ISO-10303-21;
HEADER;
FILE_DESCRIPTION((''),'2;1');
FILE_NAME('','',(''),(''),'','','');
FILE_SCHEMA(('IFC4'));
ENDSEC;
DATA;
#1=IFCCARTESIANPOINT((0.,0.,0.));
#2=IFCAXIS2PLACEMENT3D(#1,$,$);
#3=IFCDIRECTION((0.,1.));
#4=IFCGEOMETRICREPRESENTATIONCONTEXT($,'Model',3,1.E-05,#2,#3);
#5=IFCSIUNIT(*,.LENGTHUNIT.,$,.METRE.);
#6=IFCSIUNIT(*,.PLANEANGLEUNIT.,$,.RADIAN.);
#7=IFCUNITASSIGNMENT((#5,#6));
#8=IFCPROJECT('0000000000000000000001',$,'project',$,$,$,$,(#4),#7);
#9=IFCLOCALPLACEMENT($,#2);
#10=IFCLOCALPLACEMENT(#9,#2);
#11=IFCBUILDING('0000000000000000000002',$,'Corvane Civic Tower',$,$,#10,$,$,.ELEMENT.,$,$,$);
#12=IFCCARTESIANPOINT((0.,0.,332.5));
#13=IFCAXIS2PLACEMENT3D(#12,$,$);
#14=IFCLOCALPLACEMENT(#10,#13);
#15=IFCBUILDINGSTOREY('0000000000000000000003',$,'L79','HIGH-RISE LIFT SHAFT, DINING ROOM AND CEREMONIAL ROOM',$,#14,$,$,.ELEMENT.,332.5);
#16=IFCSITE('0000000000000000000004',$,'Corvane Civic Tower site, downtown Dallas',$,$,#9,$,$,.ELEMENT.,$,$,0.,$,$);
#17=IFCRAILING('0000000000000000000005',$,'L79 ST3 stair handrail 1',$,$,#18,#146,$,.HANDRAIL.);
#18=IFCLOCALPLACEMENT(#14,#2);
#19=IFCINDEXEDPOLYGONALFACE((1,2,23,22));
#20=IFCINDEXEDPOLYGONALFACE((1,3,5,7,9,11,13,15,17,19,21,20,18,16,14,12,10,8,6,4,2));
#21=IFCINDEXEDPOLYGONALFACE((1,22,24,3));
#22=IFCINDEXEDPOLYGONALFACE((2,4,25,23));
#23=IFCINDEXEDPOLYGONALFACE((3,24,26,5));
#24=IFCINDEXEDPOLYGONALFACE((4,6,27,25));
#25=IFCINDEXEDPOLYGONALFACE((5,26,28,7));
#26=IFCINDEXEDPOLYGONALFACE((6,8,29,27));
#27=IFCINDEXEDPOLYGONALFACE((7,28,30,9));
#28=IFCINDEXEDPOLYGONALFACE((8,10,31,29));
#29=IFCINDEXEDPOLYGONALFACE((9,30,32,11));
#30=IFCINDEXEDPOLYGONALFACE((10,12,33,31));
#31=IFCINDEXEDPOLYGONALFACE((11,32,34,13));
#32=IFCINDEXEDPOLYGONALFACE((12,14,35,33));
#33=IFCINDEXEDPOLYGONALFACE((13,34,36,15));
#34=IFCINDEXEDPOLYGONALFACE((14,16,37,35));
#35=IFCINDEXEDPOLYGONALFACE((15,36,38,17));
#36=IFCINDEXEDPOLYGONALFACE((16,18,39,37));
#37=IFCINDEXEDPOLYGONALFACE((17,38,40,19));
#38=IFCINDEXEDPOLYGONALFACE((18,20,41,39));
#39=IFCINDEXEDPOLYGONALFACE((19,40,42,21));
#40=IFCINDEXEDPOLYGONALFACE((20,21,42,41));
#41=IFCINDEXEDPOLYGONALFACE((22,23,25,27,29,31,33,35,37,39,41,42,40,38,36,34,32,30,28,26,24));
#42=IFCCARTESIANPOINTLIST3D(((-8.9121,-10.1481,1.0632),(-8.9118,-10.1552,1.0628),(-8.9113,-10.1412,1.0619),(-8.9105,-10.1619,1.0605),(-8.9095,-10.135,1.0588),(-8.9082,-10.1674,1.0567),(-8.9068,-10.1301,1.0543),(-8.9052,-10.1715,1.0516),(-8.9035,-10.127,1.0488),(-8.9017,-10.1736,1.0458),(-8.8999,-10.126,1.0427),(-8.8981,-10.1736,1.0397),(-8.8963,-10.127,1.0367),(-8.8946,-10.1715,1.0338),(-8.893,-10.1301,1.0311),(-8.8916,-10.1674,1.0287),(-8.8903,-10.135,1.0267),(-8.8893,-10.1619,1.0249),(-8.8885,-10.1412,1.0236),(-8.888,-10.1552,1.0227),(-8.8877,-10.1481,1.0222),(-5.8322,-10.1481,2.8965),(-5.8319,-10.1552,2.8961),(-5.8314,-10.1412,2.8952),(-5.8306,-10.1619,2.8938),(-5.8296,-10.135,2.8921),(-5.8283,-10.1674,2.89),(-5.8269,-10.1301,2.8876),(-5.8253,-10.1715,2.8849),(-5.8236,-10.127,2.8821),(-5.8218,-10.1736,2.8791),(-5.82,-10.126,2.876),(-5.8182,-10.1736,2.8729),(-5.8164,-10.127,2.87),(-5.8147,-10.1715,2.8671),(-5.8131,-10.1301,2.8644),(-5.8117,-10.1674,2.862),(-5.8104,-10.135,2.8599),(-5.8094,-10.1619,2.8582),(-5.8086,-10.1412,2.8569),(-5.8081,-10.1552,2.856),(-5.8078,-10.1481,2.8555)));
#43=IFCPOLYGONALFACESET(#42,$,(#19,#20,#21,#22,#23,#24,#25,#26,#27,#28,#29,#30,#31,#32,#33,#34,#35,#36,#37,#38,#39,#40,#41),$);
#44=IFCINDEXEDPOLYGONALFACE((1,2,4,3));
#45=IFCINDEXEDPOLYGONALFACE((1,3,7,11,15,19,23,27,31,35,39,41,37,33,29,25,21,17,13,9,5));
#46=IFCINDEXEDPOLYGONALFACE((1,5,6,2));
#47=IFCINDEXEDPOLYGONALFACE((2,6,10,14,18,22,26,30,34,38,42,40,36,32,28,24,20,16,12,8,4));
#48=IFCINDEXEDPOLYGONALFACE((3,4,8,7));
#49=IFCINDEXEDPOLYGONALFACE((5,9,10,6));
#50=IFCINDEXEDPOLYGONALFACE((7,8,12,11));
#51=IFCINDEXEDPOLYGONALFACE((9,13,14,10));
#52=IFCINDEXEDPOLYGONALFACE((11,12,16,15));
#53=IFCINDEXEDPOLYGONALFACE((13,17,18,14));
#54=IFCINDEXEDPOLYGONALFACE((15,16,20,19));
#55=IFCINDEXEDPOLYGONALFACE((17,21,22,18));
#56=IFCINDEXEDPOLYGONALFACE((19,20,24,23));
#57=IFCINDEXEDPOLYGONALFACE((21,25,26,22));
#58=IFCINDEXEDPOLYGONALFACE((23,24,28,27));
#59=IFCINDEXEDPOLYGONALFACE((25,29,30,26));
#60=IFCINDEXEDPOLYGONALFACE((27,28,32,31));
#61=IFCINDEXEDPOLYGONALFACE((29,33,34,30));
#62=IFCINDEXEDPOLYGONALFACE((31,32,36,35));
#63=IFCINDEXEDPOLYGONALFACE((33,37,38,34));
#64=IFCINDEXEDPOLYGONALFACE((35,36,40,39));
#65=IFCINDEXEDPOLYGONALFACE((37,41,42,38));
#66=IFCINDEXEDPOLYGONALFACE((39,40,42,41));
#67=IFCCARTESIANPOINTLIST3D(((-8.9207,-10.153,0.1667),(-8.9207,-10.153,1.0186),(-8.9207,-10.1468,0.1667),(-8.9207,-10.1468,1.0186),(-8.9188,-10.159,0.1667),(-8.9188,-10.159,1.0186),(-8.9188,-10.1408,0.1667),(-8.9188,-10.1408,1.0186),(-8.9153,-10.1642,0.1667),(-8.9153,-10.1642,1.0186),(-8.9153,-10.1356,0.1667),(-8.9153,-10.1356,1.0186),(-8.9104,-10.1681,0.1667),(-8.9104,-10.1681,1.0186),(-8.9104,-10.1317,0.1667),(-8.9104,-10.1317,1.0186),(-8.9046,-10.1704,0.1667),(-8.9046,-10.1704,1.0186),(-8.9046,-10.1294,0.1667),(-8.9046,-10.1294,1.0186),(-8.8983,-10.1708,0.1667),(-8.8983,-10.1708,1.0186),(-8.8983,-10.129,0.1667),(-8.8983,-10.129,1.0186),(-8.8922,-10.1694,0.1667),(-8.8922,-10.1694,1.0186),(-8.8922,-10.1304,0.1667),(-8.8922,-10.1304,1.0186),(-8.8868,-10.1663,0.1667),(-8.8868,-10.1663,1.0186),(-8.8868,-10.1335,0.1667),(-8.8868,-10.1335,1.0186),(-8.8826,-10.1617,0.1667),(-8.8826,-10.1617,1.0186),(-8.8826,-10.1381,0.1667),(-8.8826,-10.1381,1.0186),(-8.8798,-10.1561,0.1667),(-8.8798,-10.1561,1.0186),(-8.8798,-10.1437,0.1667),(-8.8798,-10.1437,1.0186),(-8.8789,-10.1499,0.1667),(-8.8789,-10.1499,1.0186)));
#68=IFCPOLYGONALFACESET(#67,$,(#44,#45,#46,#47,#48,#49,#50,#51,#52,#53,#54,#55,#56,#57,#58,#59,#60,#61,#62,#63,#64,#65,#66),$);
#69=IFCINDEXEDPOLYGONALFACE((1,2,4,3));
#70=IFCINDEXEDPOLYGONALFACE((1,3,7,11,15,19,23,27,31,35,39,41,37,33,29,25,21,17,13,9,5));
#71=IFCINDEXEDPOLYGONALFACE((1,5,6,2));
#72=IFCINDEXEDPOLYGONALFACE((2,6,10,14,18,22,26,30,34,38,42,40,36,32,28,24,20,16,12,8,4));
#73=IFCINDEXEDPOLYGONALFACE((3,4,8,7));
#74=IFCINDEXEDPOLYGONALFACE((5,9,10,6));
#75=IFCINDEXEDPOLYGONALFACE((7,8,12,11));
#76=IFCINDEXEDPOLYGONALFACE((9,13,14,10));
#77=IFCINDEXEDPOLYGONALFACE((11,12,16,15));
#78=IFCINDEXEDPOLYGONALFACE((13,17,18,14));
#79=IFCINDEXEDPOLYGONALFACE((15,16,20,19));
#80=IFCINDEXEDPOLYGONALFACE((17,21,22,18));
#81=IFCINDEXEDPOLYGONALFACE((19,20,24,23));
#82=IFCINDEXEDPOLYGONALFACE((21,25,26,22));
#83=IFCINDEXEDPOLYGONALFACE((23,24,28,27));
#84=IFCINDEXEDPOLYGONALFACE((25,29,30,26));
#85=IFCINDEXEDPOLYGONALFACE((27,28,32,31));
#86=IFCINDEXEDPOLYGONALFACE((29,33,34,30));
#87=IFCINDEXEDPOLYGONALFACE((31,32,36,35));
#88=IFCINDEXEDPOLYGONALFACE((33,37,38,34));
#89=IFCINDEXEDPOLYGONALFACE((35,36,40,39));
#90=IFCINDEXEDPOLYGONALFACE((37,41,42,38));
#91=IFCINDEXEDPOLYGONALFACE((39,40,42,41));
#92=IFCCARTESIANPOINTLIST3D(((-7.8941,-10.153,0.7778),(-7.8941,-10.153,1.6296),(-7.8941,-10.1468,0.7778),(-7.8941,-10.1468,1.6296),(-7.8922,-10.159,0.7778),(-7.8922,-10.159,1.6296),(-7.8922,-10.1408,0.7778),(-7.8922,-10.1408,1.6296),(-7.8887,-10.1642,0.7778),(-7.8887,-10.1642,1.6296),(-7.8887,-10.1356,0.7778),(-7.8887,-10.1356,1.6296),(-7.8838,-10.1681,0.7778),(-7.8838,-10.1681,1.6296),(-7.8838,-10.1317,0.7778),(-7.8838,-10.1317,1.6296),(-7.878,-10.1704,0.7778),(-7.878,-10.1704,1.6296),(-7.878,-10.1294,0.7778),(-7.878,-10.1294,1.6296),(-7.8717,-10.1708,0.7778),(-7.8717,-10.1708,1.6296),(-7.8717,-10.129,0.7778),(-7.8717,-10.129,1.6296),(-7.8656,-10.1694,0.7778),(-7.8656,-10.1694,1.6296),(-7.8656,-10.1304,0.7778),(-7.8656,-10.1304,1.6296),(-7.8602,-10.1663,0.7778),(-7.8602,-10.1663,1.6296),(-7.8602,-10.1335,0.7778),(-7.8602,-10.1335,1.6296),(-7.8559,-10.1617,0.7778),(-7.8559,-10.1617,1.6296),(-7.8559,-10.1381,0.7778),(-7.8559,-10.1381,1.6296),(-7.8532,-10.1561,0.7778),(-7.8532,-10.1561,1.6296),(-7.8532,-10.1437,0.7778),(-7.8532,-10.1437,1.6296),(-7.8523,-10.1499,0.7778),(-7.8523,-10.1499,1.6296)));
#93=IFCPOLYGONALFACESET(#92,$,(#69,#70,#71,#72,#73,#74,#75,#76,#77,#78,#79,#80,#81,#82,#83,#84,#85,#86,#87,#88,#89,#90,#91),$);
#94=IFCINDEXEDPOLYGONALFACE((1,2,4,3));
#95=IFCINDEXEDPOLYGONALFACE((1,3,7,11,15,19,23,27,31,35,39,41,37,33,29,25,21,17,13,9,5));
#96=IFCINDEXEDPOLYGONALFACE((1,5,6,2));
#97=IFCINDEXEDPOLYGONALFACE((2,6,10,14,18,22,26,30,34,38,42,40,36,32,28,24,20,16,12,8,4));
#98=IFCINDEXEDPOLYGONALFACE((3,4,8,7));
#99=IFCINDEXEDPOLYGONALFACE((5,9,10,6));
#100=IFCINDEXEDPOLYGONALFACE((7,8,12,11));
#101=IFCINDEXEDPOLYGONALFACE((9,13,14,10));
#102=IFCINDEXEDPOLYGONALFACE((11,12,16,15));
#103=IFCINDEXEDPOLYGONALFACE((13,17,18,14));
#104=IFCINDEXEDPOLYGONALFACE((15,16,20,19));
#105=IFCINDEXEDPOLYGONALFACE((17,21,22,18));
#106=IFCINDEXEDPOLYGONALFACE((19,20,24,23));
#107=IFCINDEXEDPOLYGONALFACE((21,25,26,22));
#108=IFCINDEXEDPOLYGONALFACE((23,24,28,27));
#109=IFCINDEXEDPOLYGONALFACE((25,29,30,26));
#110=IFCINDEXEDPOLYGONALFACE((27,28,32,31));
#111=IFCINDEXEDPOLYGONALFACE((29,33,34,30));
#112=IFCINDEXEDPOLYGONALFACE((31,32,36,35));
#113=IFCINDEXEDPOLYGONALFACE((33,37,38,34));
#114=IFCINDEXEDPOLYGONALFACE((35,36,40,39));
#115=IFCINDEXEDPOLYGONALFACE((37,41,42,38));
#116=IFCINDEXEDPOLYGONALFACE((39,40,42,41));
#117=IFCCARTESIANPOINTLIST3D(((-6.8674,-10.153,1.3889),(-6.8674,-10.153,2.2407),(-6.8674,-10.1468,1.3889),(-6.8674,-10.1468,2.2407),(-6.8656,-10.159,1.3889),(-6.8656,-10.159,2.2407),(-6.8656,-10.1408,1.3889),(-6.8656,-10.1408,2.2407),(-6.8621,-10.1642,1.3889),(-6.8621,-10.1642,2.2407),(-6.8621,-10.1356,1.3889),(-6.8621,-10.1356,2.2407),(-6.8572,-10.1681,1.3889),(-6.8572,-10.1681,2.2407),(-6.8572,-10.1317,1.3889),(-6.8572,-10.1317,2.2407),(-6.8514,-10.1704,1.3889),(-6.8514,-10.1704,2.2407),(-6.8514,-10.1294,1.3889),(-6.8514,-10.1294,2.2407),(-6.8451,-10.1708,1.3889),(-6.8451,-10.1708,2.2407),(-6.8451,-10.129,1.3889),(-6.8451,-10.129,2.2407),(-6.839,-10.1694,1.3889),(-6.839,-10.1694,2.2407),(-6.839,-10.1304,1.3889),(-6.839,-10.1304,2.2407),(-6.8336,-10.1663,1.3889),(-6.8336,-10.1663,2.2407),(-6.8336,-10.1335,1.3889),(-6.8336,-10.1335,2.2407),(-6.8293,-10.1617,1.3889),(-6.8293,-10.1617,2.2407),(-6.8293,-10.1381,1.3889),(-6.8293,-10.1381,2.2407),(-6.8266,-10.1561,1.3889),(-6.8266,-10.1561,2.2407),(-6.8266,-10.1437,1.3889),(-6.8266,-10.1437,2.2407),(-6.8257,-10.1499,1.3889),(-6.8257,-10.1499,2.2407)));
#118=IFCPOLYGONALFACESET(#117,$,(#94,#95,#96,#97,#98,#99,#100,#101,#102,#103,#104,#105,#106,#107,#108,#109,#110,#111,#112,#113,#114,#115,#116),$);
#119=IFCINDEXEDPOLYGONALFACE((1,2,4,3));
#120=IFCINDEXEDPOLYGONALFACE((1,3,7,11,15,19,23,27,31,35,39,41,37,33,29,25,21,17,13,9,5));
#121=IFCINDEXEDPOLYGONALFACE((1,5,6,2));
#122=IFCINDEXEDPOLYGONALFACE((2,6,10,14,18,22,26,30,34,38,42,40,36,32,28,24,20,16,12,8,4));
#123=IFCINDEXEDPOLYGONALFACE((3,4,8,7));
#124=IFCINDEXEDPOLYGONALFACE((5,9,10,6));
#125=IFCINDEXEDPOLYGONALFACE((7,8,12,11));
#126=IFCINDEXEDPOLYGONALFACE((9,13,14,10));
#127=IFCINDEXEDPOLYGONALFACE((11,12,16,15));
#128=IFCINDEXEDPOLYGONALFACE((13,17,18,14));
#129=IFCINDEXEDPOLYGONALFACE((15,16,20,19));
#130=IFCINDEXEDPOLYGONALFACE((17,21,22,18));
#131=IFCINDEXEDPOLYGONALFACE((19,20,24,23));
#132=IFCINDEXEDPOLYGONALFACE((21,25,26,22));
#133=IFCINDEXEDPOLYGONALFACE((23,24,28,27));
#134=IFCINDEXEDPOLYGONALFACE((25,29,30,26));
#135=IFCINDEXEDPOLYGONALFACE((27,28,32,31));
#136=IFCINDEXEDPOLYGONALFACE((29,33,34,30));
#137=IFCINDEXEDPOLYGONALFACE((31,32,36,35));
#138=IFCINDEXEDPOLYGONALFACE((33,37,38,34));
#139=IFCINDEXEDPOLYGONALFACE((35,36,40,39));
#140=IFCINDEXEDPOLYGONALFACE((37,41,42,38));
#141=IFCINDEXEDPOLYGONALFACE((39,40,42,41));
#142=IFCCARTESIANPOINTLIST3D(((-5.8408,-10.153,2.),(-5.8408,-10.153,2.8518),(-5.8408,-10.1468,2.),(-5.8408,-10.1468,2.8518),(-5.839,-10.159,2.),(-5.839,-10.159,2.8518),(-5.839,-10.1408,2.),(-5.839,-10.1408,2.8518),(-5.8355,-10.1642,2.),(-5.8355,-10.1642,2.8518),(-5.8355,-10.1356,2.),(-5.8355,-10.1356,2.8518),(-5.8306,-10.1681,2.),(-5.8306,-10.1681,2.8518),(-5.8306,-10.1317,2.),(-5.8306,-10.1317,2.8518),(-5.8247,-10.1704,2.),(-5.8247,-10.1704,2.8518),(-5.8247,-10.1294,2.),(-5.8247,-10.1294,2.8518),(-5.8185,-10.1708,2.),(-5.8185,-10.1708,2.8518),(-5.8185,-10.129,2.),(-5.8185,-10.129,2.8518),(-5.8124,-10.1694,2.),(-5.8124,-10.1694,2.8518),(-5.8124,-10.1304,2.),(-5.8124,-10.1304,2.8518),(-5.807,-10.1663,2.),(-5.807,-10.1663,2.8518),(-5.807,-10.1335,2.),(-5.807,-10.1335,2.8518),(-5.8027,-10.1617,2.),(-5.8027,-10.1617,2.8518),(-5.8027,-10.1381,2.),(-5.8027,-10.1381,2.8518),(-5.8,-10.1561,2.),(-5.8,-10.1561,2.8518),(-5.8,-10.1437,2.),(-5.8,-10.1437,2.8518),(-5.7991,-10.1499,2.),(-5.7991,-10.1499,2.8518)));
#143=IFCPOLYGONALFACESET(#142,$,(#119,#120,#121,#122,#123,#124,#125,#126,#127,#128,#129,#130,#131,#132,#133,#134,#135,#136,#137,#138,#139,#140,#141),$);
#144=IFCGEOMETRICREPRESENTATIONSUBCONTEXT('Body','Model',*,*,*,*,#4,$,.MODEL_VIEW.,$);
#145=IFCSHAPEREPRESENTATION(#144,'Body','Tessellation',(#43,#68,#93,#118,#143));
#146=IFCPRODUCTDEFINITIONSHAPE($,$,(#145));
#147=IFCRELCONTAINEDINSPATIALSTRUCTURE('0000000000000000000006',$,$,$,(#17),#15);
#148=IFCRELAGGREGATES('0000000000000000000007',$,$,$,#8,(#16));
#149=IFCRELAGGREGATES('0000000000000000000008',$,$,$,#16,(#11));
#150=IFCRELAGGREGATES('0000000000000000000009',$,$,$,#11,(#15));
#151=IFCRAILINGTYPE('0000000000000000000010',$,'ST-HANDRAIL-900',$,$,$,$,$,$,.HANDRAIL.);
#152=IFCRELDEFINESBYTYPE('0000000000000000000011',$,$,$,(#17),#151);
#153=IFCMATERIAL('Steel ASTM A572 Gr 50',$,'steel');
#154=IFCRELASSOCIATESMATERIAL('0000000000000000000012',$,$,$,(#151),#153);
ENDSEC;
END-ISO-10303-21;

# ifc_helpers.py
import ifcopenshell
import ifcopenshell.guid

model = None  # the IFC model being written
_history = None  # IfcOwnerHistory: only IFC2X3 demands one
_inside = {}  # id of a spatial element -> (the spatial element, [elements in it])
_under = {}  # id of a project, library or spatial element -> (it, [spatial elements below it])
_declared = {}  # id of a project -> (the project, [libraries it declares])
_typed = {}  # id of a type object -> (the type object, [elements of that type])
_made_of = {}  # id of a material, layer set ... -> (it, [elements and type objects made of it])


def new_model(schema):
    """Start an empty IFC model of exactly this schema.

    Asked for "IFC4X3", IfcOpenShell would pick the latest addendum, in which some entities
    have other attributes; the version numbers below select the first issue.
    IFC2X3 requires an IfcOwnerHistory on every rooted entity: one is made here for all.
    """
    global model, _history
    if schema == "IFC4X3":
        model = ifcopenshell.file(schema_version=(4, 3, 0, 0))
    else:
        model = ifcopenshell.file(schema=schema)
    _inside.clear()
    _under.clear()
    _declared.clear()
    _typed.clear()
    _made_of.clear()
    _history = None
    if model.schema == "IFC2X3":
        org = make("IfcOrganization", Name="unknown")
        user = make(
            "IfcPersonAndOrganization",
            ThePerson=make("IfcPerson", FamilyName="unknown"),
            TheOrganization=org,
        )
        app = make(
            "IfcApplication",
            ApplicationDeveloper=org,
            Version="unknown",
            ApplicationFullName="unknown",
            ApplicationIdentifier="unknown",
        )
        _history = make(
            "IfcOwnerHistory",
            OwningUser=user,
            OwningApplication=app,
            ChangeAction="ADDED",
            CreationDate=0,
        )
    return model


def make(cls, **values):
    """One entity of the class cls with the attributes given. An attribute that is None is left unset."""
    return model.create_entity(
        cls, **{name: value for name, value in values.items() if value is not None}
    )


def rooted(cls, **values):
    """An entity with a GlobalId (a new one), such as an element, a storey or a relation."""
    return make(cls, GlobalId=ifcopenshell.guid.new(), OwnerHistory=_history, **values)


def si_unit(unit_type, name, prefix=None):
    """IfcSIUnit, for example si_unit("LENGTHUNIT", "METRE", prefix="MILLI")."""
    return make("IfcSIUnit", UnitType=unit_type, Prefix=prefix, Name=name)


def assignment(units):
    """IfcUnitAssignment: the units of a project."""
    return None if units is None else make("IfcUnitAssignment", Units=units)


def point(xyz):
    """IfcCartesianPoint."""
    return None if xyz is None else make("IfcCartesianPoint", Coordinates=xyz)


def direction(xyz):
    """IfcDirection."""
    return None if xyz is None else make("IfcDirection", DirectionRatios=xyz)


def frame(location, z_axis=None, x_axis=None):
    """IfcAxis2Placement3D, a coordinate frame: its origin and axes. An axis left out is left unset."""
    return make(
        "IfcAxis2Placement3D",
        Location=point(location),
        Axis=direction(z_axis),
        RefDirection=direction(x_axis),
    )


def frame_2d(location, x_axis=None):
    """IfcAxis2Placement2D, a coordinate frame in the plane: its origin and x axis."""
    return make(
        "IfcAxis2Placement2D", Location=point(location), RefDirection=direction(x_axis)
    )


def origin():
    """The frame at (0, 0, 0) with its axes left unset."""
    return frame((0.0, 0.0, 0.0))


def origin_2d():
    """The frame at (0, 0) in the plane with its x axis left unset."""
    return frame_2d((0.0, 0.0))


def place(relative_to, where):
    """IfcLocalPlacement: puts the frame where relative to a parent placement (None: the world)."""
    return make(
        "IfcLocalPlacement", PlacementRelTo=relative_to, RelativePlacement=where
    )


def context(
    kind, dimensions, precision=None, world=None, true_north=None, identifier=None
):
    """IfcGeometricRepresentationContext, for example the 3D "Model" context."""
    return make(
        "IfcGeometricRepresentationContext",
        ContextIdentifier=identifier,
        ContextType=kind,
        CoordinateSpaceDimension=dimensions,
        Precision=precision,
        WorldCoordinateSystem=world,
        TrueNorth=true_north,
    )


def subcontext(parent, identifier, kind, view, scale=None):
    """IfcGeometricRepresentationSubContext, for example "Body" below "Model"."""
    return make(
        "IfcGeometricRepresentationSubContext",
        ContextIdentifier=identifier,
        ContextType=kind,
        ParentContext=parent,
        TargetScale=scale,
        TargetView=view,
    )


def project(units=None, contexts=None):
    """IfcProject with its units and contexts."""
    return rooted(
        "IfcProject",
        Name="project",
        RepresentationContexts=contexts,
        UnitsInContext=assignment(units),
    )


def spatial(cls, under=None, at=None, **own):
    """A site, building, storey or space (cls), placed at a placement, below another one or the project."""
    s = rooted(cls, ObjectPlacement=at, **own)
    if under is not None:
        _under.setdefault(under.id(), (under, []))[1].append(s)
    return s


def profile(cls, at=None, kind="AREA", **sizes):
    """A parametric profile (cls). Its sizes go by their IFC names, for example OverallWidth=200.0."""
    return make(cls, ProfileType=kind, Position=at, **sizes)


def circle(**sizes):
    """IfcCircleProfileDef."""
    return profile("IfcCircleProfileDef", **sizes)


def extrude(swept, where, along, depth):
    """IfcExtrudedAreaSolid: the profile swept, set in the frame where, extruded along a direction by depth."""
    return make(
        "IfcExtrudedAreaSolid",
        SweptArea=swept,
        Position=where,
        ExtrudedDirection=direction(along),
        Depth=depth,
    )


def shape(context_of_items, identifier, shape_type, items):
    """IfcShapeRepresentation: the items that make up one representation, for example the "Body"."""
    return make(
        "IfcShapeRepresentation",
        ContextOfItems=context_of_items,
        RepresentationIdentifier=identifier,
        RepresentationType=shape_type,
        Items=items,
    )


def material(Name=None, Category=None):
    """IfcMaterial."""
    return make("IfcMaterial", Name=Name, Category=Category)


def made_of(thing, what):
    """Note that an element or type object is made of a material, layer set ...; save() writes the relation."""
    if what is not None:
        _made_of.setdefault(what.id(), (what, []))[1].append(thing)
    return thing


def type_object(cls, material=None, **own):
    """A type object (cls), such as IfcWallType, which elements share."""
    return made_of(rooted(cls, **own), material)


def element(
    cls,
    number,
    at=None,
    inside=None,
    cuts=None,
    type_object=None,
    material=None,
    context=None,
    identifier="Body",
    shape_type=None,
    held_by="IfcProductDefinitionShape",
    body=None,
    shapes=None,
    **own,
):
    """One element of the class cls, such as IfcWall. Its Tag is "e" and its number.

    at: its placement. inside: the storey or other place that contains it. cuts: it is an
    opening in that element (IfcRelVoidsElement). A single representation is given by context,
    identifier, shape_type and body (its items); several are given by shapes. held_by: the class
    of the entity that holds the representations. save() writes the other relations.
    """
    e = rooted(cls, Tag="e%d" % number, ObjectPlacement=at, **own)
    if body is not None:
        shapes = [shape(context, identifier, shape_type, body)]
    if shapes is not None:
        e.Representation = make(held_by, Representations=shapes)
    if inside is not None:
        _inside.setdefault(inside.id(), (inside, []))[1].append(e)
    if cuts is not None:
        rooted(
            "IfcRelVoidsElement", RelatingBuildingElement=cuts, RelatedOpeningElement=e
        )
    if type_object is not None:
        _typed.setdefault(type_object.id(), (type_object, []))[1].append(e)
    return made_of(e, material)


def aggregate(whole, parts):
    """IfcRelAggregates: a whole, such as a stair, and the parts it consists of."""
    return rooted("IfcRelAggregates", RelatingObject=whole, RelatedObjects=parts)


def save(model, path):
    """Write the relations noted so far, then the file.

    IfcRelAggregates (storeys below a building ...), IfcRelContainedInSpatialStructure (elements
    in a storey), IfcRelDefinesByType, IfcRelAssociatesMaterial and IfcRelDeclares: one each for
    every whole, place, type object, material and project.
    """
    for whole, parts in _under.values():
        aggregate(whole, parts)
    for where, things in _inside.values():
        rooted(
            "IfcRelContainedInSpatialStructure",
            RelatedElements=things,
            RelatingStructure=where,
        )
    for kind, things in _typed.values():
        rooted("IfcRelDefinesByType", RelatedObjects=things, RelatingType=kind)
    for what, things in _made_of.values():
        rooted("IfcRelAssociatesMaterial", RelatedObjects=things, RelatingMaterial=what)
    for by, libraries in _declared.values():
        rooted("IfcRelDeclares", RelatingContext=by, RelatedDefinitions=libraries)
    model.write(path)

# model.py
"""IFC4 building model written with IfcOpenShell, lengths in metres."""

from ifc_helpers import new_model, si_unit, direction, frame, origin, origin_2d, place, context, subcontext, project, spatial, circle, extrude, material, type_object, element, save


model = new_model("IFC4")

# Units and contexts
model_context = context("Model", 3, precision=1e-05, world=origin(), true_north=direction((0.0, 1.0)))
body_context = subcontext(model_context, "Body", "Model", "MODEL_VIEW")
ifc_project = project(units=[si_unit("LENGTHUNIT", "METRE"), si_unit("PLANEANGLEUNIT", "RADIAN")], contexts=[model_context])

# Site, building, storey
site_placement = place(None, origin())
site = spatial("IfcSite", under=ifc_project, at=site_placement, Name="Corvane Civic Tower site, downtown Dallas", CompositionType="ELEMENT", RefElevation=0.0)
building_placement = place(site_placement, origin())
building = spatial("IfcBuilding", under=site, at=building_placement, Name="Corvane Civic Tower", CompositionType="ELEMENT")
storey_placement = place(building_placement, frame((0.0, 0.0, 332.5)))
storey = spatial("IfcBuildingStorey", under=building, at=storey_placement, Name="L79", Description="HIGH-RISE LIFT SHAFT, DINING ROOM AND CEREMONIAL ROOM", CompositionType="ELEMENT", Elevation=332.5)

# Railing
ifc_material_1 = material(Name="Steel ASTM A572 Gr 50", Category="steel")
railing_type_1 = type_object("IfcRailingType", Name="ST-HANDRAIL-900", PredefinedType="HANDRAIL", material=ifc_material_1)
railing_1_placement = place(storey_placement, frame((-8.8999, -10.1499, 0.1667)))
element("IfcRailing", 1, at=railing_1_placement, inside=storey, type_object=railing_type_1, Name="L79 ST3 stair handrail 1", PredefinedType="HANDRAIL", context=body_context, shape_type="SweptSolid", body=[
    extrude(circle(Radius=0.0239, at=origin_2d()), frame((0.0, 0.0, 0.876), z_axis=(0.859291, 0.0, 0.511487), x_axis=(0.0, 1.0, 0.0)), (0.0, 0.0, 1.0), 3.5842),
    extrude(circle(Radius=0.021, at=origin_2d()), origin(), (0.0, 0.0, 1.0), 0.8518),
    extrude(circle(Radius=0.021, at=origin_2d()), frame((1.0266, 0.0, 0.6111)), (0.0, 0.0, 1.0), 0.8518),
    extrude(circle(Radius=0.021, at=origin_2d()), frame((2.0532, 0.0, 1.2222)), (0.0, 0.0, 1.0), 0.8518),
    extrude(circle(Radius=0.021, at=origin_2d()), frame((3.0798, 0.0, 1.8333)), (0.0, 0.0, 1.0), 0.8518),
])

save(model, "model.ifc")
